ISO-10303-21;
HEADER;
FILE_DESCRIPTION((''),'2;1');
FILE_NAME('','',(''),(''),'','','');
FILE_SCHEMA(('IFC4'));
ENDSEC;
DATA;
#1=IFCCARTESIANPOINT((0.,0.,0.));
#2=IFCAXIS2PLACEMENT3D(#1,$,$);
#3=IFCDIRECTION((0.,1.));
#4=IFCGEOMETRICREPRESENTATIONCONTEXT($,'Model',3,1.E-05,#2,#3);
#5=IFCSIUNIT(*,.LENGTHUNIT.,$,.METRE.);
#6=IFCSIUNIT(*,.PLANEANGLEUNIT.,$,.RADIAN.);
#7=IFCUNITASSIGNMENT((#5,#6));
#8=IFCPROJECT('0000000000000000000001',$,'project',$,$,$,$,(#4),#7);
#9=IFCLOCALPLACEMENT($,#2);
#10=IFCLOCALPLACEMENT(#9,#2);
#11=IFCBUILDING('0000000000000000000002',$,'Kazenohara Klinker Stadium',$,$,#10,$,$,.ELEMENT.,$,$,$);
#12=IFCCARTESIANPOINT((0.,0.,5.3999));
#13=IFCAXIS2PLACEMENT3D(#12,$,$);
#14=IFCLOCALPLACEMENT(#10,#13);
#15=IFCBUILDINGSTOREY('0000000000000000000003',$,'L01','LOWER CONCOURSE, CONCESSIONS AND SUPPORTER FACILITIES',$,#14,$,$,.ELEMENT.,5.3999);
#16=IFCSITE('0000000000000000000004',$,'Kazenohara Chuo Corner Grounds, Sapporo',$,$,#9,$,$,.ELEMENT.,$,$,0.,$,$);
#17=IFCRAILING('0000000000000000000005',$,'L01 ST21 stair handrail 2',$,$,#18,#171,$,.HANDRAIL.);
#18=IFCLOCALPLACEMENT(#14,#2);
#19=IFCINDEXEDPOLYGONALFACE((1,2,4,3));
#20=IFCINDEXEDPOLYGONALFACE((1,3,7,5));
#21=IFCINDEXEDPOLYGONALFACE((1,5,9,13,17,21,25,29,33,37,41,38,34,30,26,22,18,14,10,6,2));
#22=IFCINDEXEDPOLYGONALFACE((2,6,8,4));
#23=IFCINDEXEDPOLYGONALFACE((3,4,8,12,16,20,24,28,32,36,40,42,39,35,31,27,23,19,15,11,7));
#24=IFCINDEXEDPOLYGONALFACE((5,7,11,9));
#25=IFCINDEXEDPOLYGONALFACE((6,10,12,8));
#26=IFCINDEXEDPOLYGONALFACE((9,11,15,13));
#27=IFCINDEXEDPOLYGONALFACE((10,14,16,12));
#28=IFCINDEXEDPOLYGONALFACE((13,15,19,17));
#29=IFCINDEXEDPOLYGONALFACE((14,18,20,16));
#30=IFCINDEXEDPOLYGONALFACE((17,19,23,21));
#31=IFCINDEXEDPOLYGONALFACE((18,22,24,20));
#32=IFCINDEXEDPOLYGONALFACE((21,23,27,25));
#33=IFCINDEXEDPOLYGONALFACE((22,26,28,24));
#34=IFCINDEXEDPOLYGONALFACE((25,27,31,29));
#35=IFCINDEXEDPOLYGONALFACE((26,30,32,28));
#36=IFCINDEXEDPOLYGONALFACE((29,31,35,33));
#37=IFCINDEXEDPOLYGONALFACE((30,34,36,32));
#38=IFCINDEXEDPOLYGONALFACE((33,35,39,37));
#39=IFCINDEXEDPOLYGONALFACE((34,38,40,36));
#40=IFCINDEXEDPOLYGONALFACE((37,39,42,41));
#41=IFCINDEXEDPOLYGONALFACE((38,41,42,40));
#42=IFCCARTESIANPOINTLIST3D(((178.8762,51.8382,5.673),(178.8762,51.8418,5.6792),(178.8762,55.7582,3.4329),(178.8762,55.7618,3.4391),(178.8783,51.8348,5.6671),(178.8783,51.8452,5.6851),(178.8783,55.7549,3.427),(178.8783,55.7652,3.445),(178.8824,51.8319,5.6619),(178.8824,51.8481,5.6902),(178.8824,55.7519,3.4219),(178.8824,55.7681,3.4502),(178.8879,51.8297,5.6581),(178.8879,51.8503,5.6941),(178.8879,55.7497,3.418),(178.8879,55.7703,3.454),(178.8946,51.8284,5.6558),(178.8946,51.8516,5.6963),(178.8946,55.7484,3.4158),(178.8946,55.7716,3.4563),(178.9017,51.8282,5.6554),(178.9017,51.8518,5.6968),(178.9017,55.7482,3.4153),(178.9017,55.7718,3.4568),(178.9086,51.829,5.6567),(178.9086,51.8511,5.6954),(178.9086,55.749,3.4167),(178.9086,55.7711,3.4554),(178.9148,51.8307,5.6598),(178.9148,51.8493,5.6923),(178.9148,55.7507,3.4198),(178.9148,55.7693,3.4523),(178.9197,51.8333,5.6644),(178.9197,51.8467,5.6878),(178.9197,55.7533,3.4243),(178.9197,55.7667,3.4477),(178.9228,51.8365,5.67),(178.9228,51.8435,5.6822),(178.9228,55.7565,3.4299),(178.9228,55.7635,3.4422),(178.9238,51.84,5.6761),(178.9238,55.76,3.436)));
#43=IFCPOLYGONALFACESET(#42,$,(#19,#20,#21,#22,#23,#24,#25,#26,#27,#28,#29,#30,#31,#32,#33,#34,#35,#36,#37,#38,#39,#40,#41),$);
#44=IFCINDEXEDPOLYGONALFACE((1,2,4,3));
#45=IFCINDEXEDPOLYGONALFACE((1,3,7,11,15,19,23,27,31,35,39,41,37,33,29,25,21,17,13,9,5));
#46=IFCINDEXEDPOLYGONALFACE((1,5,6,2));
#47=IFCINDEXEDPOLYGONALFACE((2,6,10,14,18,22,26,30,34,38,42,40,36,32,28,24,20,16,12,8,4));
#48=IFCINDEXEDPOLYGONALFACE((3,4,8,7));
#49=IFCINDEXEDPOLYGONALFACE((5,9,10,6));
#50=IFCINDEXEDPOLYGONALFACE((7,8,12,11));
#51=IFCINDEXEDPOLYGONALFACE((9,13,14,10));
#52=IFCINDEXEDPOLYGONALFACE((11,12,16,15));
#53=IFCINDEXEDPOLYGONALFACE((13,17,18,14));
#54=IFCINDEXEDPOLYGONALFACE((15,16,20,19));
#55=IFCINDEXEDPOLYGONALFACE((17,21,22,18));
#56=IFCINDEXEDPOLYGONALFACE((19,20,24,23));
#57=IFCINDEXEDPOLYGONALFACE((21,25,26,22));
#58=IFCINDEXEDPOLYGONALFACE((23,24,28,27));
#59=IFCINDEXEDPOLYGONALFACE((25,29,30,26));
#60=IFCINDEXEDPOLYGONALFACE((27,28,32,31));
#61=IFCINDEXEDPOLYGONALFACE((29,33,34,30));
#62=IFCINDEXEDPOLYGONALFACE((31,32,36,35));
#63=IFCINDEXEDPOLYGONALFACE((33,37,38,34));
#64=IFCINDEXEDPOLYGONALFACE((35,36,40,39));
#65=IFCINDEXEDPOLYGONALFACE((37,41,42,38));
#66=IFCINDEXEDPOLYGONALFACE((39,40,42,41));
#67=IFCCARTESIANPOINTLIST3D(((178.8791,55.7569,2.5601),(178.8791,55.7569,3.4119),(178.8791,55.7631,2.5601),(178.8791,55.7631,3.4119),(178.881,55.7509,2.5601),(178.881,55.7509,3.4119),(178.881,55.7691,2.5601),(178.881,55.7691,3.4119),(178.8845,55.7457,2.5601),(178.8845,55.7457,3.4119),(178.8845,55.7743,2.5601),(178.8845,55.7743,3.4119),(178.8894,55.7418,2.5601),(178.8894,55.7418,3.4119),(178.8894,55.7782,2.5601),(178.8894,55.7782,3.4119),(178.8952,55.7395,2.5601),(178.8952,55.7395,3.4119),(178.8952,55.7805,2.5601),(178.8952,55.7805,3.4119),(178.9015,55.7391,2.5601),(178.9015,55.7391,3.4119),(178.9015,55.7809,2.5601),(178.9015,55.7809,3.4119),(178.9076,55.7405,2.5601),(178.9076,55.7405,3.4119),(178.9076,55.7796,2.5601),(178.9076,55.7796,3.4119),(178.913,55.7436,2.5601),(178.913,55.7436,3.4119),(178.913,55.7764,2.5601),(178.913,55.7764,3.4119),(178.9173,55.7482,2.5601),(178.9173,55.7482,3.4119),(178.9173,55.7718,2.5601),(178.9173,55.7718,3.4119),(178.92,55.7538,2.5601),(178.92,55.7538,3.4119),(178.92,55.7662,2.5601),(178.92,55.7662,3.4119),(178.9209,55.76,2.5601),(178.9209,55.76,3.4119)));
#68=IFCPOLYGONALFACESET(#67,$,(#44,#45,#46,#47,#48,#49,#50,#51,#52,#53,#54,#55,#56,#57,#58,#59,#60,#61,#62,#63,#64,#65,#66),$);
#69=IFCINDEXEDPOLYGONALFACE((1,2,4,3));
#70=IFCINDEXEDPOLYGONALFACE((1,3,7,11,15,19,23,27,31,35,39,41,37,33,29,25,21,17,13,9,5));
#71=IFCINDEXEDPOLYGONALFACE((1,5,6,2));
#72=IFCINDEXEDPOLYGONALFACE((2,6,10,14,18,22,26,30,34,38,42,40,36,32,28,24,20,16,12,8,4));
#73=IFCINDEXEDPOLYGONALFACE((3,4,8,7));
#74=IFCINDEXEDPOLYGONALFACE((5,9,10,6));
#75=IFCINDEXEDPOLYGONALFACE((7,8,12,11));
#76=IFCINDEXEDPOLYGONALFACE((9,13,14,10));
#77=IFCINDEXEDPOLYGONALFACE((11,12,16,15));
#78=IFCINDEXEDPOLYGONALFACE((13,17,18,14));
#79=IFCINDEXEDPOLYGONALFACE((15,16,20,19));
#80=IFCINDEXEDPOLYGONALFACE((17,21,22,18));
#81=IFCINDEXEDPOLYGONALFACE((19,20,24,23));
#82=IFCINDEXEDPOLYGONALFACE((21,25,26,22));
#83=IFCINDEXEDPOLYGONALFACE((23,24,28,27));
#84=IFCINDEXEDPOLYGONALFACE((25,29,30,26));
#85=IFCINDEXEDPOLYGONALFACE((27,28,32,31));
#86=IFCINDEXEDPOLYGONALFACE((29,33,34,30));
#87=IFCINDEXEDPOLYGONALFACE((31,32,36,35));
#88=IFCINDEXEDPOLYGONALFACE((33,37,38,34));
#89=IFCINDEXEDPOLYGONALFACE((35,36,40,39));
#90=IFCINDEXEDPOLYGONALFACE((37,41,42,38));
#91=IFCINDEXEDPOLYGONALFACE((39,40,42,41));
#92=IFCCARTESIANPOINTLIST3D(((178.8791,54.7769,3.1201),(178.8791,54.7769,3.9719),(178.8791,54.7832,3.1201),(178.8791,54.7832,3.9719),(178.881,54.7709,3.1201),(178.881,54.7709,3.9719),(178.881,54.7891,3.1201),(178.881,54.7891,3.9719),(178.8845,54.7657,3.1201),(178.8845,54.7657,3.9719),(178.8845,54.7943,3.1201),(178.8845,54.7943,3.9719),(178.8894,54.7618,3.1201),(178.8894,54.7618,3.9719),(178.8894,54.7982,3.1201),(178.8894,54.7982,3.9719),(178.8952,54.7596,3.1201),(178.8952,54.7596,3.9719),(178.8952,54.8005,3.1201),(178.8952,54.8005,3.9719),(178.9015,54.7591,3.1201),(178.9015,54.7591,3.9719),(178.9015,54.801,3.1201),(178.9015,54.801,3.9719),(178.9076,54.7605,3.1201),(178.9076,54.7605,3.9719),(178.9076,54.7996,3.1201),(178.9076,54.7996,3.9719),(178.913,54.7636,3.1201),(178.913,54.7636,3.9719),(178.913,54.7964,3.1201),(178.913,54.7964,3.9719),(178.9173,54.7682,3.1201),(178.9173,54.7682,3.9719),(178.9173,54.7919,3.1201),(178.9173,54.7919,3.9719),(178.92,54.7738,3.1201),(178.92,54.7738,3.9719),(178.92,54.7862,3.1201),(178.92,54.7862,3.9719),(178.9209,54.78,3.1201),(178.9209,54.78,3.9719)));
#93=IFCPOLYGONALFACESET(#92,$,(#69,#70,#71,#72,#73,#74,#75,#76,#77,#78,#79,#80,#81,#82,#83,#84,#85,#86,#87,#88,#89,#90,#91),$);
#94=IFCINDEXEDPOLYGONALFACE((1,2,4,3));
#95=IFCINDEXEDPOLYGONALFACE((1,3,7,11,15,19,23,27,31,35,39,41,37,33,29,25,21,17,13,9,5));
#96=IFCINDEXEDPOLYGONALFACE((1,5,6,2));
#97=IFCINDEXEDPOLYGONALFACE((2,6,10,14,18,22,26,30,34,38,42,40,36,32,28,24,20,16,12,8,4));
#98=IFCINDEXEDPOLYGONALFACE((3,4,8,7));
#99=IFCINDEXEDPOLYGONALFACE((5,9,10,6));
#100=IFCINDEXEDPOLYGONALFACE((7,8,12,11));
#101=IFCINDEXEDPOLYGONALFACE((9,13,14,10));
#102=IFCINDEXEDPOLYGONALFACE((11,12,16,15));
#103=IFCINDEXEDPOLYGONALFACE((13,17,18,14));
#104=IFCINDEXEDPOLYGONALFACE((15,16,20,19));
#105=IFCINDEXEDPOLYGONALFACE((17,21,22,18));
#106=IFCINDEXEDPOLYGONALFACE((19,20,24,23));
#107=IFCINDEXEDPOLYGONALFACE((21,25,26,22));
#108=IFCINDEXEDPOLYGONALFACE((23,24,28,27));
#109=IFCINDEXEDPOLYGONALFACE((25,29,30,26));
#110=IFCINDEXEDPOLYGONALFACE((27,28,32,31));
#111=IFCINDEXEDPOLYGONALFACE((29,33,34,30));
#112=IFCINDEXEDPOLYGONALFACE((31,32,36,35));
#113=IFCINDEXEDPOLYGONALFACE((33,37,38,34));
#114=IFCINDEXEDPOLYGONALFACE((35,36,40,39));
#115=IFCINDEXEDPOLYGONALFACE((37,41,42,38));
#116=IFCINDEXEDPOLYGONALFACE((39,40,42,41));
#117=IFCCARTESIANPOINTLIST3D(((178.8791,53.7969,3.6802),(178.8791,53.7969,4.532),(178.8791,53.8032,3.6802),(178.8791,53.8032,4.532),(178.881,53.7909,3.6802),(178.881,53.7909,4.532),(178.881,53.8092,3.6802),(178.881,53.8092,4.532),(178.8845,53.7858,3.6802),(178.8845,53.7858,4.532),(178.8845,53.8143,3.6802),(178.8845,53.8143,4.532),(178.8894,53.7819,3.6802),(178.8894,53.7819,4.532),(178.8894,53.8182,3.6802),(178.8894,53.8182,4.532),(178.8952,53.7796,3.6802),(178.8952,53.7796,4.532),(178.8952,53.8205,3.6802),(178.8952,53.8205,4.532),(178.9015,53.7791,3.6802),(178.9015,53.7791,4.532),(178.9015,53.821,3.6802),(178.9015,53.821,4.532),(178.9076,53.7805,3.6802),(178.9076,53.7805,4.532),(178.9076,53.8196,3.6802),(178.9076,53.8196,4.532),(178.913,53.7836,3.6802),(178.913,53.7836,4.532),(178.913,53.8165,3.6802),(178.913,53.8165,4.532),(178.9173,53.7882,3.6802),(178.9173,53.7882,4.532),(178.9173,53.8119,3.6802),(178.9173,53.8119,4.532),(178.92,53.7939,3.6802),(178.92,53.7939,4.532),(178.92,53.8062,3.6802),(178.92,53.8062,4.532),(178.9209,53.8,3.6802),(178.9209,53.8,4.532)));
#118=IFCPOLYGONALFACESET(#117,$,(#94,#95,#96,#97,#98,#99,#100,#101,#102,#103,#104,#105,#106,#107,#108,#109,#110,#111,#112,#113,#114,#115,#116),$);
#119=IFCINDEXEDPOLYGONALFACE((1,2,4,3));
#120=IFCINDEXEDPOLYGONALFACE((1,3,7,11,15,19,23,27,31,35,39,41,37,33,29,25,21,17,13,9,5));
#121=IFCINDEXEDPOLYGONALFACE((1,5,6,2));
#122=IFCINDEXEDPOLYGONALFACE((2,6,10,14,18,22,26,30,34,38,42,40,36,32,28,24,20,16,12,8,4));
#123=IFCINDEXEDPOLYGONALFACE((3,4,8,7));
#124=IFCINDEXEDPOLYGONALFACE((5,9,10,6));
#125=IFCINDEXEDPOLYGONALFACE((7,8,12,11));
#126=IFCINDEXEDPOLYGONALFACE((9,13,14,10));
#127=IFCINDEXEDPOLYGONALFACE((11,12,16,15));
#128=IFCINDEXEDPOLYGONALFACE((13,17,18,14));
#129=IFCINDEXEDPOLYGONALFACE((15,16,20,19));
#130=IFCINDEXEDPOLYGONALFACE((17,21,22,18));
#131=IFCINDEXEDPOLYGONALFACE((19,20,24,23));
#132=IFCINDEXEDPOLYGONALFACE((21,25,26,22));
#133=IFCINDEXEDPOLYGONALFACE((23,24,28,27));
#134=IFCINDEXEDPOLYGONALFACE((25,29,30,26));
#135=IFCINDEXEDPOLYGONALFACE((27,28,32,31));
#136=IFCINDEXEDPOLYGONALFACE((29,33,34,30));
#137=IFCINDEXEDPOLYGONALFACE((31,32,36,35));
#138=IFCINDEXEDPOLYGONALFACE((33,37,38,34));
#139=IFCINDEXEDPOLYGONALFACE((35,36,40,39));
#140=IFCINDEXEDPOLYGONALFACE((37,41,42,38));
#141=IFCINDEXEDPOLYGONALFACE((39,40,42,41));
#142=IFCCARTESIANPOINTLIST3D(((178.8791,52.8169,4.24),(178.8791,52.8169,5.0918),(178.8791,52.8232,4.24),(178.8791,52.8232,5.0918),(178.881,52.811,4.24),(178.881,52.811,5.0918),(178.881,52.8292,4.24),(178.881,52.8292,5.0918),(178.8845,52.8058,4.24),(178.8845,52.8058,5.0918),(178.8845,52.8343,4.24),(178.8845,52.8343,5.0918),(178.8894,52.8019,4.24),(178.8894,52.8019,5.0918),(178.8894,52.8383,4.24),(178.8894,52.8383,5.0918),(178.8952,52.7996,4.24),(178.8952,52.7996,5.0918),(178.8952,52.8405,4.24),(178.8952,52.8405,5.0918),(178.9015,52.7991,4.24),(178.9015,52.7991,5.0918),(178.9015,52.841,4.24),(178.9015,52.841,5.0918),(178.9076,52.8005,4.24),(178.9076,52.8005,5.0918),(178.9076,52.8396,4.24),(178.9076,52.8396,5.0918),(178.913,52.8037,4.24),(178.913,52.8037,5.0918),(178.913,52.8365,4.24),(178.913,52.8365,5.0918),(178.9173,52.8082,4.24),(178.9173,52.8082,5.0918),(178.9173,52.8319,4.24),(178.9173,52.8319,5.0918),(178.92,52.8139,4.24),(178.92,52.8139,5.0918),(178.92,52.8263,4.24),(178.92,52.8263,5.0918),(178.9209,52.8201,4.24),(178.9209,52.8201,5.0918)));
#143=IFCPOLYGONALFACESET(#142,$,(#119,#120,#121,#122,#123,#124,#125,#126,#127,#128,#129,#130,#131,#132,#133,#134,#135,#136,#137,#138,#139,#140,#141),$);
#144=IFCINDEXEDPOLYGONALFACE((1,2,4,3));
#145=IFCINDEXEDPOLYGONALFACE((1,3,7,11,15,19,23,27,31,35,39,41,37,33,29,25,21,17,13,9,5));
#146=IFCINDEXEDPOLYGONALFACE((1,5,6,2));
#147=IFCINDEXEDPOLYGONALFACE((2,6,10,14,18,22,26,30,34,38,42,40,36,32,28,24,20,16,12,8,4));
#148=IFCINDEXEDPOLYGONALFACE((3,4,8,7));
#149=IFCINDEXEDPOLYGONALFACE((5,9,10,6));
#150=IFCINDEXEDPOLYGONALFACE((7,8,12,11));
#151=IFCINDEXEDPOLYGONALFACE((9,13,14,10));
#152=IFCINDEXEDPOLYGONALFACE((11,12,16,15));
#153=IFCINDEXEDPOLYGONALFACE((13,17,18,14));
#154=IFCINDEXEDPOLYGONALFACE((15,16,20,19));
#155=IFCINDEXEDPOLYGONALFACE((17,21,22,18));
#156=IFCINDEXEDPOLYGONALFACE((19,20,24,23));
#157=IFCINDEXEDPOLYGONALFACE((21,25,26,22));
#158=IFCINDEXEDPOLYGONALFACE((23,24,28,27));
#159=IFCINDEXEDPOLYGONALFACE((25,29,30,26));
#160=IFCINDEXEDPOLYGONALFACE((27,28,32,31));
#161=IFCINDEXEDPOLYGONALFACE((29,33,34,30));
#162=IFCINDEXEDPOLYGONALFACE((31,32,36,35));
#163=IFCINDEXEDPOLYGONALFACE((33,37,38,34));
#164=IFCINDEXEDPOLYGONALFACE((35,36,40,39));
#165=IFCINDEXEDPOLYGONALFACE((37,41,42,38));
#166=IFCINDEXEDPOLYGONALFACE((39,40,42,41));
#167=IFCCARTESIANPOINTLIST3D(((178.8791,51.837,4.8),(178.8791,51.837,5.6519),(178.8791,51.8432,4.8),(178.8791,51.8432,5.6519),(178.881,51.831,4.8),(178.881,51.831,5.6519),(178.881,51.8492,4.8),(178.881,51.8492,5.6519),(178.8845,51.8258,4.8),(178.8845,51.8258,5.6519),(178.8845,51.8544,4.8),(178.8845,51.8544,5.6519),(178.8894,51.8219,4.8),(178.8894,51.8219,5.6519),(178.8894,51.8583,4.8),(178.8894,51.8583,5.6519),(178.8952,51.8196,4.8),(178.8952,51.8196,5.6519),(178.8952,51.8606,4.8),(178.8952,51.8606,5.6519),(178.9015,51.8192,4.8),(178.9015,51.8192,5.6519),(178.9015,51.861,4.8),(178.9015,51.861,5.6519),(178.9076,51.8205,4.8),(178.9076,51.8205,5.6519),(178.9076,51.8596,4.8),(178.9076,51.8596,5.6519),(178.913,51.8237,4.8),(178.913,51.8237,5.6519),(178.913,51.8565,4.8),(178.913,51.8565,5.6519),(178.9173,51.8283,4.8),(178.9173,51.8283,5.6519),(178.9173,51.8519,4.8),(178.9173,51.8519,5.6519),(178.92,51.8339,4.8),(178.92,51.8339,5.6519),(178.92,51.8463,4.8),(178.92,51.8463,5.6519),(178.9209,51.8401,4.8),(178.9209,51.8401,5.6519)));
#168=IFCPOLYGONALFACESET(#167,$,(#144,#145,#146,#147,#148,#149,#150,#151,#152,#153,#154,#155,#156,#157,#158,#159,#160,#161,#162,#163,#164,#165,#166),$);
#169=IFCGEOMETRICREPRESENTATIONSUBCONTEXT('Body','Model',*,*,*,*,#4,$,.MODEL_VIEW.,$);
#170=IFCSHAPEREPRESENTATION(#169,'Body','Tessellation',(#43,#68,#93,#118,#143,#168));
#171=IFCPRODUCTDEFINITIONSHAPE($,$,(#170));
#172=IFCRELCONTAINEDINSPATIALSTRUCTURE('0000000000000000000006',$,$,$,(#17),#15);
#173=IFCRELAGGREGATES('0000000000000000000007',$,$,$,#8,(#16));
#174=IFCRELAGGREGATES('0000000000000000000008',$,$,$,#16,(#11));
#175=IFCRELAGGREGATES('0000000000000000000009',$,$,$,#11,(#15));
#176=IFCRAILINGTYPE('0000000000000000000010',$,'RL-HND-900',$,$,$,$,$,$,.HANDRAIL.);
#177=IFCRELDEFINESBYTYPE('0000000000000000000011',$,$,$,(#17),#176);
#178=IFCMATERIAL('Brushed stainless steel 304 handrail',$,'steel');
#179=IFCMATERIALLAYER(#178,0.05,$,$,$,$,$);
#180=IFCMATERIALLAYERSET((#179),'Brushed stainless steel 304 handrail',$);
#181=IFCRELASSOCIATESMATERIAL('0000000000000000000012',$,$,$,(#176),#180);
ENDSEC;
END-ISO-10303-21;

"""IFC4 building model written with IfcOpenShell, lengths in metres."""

from ifc_helpers import new_model, si_unit, direction, frame, origin, origin_2d, place, context, subcontext, project, spatial, circle, extrude, material, layer, layer_set, type_object, element, save


model = new_model("IFC4")

# Units and contexts
model_context = context("Model", 3, precision=1e-05, world=origin(), true_north=direction((0.0, 1.0)))
body_context = subcontext(model_context, "Body", "Model", "MODEL_VIEW")
ifc_project = project(units=[si_unit("LENGTHUNIT", "METRE"), si_unit("PLANEANGLEUNIT", "RADIAN")], contexts=[model_context])

# Site, building, storey
site_placement = place(None, origin())
site = spatial("IfcSite", under=ifc_project, at=site_placement, Name="Kazenohara Chuo Corner Grounds, Sapporo", CompositionType="ELEMENT", RefElevation=0.0)
building_placement = place(site_placement, origin())
building = spatial("IfcBuilding", under=site, at=building_placement, Name="Kazenohara Klinker Stadium", CompositionType="ELEMENT")
storey_placement = place(building_placement, frame((0.0, 0.0, 5.3999)))
storey = spatial("IfcBuildingStorey", under=building, at=storey_placement, Name="L01", Description="LOWER CONCOURSE, CONCESSIONS AND SUPPORTER FACILITIES", CompositionType="ELEMENT", Elevation=5.3999)

# Railing
ifc_material_1 = material(Name="Brushed stainless steel 304 handrail", Category="steel")
ifc_layer_1 = layer(ifc_material_1, 0.05)
ifc_layer_set_1 = layer_set([ifc_layer_1], Name="Brushed stainless steel 304 handrail")
railing_type_1 = type_object("IfcRailingType", Name="RL-HND-900", PredefinedType="HANDRAIL", material=ifc_layer_set_1)
railing_1_placement = place(storey_placement, frame((178.8999, 55.76, 2.5601)))
element("IfcRailing", 1, at=railing_1_placement, inside=storey, type_object=railing_type_1, Name="L01 ST21 stair handrail 2", PredefinedType="HANDRAIL", context=body_context, shape_type="SweptSolid", body=[
    extrude(circle(Radius=0.0239, at=origin_2d()), frame((0.0, 0.0, 0.876), z_axis=(0.0, -0.86824, 0.496145), x_axis=(1.0, 0.0, 0.0)), (0.0, 0.0, 1.0), 4.5149),
    extrude(circle(Radius=0.021, at=origin_2d()), origin(), (0.0, 0.0, 1.0), 0.8518),
    extrude(circle(Radius=0.021, at=origin_2d()), frame((0.0, -0.98, 0.5601)), (0.0, 0.0, 1.0), 0.8518),
    extrude(circle(Radius=0.021, at=origin_2d()), frame((0.0, -1.96, 1.1201)), (0.0, 0.0, 1.0), 0.8518),
    extrude(circle(Radius=0.021, at=origin_2d()), frame((0.0, -2.9399, 1.6799)), (0.0, 0.0, 1.0), 0.8518),
    extrude(circle(Radius=0.021, at=origin_2d()), frame((0.0, -3.9199, 2.24)), (0.0, 0.0, 1.0), 0.8518),
])

save(model, "model.ifc")
